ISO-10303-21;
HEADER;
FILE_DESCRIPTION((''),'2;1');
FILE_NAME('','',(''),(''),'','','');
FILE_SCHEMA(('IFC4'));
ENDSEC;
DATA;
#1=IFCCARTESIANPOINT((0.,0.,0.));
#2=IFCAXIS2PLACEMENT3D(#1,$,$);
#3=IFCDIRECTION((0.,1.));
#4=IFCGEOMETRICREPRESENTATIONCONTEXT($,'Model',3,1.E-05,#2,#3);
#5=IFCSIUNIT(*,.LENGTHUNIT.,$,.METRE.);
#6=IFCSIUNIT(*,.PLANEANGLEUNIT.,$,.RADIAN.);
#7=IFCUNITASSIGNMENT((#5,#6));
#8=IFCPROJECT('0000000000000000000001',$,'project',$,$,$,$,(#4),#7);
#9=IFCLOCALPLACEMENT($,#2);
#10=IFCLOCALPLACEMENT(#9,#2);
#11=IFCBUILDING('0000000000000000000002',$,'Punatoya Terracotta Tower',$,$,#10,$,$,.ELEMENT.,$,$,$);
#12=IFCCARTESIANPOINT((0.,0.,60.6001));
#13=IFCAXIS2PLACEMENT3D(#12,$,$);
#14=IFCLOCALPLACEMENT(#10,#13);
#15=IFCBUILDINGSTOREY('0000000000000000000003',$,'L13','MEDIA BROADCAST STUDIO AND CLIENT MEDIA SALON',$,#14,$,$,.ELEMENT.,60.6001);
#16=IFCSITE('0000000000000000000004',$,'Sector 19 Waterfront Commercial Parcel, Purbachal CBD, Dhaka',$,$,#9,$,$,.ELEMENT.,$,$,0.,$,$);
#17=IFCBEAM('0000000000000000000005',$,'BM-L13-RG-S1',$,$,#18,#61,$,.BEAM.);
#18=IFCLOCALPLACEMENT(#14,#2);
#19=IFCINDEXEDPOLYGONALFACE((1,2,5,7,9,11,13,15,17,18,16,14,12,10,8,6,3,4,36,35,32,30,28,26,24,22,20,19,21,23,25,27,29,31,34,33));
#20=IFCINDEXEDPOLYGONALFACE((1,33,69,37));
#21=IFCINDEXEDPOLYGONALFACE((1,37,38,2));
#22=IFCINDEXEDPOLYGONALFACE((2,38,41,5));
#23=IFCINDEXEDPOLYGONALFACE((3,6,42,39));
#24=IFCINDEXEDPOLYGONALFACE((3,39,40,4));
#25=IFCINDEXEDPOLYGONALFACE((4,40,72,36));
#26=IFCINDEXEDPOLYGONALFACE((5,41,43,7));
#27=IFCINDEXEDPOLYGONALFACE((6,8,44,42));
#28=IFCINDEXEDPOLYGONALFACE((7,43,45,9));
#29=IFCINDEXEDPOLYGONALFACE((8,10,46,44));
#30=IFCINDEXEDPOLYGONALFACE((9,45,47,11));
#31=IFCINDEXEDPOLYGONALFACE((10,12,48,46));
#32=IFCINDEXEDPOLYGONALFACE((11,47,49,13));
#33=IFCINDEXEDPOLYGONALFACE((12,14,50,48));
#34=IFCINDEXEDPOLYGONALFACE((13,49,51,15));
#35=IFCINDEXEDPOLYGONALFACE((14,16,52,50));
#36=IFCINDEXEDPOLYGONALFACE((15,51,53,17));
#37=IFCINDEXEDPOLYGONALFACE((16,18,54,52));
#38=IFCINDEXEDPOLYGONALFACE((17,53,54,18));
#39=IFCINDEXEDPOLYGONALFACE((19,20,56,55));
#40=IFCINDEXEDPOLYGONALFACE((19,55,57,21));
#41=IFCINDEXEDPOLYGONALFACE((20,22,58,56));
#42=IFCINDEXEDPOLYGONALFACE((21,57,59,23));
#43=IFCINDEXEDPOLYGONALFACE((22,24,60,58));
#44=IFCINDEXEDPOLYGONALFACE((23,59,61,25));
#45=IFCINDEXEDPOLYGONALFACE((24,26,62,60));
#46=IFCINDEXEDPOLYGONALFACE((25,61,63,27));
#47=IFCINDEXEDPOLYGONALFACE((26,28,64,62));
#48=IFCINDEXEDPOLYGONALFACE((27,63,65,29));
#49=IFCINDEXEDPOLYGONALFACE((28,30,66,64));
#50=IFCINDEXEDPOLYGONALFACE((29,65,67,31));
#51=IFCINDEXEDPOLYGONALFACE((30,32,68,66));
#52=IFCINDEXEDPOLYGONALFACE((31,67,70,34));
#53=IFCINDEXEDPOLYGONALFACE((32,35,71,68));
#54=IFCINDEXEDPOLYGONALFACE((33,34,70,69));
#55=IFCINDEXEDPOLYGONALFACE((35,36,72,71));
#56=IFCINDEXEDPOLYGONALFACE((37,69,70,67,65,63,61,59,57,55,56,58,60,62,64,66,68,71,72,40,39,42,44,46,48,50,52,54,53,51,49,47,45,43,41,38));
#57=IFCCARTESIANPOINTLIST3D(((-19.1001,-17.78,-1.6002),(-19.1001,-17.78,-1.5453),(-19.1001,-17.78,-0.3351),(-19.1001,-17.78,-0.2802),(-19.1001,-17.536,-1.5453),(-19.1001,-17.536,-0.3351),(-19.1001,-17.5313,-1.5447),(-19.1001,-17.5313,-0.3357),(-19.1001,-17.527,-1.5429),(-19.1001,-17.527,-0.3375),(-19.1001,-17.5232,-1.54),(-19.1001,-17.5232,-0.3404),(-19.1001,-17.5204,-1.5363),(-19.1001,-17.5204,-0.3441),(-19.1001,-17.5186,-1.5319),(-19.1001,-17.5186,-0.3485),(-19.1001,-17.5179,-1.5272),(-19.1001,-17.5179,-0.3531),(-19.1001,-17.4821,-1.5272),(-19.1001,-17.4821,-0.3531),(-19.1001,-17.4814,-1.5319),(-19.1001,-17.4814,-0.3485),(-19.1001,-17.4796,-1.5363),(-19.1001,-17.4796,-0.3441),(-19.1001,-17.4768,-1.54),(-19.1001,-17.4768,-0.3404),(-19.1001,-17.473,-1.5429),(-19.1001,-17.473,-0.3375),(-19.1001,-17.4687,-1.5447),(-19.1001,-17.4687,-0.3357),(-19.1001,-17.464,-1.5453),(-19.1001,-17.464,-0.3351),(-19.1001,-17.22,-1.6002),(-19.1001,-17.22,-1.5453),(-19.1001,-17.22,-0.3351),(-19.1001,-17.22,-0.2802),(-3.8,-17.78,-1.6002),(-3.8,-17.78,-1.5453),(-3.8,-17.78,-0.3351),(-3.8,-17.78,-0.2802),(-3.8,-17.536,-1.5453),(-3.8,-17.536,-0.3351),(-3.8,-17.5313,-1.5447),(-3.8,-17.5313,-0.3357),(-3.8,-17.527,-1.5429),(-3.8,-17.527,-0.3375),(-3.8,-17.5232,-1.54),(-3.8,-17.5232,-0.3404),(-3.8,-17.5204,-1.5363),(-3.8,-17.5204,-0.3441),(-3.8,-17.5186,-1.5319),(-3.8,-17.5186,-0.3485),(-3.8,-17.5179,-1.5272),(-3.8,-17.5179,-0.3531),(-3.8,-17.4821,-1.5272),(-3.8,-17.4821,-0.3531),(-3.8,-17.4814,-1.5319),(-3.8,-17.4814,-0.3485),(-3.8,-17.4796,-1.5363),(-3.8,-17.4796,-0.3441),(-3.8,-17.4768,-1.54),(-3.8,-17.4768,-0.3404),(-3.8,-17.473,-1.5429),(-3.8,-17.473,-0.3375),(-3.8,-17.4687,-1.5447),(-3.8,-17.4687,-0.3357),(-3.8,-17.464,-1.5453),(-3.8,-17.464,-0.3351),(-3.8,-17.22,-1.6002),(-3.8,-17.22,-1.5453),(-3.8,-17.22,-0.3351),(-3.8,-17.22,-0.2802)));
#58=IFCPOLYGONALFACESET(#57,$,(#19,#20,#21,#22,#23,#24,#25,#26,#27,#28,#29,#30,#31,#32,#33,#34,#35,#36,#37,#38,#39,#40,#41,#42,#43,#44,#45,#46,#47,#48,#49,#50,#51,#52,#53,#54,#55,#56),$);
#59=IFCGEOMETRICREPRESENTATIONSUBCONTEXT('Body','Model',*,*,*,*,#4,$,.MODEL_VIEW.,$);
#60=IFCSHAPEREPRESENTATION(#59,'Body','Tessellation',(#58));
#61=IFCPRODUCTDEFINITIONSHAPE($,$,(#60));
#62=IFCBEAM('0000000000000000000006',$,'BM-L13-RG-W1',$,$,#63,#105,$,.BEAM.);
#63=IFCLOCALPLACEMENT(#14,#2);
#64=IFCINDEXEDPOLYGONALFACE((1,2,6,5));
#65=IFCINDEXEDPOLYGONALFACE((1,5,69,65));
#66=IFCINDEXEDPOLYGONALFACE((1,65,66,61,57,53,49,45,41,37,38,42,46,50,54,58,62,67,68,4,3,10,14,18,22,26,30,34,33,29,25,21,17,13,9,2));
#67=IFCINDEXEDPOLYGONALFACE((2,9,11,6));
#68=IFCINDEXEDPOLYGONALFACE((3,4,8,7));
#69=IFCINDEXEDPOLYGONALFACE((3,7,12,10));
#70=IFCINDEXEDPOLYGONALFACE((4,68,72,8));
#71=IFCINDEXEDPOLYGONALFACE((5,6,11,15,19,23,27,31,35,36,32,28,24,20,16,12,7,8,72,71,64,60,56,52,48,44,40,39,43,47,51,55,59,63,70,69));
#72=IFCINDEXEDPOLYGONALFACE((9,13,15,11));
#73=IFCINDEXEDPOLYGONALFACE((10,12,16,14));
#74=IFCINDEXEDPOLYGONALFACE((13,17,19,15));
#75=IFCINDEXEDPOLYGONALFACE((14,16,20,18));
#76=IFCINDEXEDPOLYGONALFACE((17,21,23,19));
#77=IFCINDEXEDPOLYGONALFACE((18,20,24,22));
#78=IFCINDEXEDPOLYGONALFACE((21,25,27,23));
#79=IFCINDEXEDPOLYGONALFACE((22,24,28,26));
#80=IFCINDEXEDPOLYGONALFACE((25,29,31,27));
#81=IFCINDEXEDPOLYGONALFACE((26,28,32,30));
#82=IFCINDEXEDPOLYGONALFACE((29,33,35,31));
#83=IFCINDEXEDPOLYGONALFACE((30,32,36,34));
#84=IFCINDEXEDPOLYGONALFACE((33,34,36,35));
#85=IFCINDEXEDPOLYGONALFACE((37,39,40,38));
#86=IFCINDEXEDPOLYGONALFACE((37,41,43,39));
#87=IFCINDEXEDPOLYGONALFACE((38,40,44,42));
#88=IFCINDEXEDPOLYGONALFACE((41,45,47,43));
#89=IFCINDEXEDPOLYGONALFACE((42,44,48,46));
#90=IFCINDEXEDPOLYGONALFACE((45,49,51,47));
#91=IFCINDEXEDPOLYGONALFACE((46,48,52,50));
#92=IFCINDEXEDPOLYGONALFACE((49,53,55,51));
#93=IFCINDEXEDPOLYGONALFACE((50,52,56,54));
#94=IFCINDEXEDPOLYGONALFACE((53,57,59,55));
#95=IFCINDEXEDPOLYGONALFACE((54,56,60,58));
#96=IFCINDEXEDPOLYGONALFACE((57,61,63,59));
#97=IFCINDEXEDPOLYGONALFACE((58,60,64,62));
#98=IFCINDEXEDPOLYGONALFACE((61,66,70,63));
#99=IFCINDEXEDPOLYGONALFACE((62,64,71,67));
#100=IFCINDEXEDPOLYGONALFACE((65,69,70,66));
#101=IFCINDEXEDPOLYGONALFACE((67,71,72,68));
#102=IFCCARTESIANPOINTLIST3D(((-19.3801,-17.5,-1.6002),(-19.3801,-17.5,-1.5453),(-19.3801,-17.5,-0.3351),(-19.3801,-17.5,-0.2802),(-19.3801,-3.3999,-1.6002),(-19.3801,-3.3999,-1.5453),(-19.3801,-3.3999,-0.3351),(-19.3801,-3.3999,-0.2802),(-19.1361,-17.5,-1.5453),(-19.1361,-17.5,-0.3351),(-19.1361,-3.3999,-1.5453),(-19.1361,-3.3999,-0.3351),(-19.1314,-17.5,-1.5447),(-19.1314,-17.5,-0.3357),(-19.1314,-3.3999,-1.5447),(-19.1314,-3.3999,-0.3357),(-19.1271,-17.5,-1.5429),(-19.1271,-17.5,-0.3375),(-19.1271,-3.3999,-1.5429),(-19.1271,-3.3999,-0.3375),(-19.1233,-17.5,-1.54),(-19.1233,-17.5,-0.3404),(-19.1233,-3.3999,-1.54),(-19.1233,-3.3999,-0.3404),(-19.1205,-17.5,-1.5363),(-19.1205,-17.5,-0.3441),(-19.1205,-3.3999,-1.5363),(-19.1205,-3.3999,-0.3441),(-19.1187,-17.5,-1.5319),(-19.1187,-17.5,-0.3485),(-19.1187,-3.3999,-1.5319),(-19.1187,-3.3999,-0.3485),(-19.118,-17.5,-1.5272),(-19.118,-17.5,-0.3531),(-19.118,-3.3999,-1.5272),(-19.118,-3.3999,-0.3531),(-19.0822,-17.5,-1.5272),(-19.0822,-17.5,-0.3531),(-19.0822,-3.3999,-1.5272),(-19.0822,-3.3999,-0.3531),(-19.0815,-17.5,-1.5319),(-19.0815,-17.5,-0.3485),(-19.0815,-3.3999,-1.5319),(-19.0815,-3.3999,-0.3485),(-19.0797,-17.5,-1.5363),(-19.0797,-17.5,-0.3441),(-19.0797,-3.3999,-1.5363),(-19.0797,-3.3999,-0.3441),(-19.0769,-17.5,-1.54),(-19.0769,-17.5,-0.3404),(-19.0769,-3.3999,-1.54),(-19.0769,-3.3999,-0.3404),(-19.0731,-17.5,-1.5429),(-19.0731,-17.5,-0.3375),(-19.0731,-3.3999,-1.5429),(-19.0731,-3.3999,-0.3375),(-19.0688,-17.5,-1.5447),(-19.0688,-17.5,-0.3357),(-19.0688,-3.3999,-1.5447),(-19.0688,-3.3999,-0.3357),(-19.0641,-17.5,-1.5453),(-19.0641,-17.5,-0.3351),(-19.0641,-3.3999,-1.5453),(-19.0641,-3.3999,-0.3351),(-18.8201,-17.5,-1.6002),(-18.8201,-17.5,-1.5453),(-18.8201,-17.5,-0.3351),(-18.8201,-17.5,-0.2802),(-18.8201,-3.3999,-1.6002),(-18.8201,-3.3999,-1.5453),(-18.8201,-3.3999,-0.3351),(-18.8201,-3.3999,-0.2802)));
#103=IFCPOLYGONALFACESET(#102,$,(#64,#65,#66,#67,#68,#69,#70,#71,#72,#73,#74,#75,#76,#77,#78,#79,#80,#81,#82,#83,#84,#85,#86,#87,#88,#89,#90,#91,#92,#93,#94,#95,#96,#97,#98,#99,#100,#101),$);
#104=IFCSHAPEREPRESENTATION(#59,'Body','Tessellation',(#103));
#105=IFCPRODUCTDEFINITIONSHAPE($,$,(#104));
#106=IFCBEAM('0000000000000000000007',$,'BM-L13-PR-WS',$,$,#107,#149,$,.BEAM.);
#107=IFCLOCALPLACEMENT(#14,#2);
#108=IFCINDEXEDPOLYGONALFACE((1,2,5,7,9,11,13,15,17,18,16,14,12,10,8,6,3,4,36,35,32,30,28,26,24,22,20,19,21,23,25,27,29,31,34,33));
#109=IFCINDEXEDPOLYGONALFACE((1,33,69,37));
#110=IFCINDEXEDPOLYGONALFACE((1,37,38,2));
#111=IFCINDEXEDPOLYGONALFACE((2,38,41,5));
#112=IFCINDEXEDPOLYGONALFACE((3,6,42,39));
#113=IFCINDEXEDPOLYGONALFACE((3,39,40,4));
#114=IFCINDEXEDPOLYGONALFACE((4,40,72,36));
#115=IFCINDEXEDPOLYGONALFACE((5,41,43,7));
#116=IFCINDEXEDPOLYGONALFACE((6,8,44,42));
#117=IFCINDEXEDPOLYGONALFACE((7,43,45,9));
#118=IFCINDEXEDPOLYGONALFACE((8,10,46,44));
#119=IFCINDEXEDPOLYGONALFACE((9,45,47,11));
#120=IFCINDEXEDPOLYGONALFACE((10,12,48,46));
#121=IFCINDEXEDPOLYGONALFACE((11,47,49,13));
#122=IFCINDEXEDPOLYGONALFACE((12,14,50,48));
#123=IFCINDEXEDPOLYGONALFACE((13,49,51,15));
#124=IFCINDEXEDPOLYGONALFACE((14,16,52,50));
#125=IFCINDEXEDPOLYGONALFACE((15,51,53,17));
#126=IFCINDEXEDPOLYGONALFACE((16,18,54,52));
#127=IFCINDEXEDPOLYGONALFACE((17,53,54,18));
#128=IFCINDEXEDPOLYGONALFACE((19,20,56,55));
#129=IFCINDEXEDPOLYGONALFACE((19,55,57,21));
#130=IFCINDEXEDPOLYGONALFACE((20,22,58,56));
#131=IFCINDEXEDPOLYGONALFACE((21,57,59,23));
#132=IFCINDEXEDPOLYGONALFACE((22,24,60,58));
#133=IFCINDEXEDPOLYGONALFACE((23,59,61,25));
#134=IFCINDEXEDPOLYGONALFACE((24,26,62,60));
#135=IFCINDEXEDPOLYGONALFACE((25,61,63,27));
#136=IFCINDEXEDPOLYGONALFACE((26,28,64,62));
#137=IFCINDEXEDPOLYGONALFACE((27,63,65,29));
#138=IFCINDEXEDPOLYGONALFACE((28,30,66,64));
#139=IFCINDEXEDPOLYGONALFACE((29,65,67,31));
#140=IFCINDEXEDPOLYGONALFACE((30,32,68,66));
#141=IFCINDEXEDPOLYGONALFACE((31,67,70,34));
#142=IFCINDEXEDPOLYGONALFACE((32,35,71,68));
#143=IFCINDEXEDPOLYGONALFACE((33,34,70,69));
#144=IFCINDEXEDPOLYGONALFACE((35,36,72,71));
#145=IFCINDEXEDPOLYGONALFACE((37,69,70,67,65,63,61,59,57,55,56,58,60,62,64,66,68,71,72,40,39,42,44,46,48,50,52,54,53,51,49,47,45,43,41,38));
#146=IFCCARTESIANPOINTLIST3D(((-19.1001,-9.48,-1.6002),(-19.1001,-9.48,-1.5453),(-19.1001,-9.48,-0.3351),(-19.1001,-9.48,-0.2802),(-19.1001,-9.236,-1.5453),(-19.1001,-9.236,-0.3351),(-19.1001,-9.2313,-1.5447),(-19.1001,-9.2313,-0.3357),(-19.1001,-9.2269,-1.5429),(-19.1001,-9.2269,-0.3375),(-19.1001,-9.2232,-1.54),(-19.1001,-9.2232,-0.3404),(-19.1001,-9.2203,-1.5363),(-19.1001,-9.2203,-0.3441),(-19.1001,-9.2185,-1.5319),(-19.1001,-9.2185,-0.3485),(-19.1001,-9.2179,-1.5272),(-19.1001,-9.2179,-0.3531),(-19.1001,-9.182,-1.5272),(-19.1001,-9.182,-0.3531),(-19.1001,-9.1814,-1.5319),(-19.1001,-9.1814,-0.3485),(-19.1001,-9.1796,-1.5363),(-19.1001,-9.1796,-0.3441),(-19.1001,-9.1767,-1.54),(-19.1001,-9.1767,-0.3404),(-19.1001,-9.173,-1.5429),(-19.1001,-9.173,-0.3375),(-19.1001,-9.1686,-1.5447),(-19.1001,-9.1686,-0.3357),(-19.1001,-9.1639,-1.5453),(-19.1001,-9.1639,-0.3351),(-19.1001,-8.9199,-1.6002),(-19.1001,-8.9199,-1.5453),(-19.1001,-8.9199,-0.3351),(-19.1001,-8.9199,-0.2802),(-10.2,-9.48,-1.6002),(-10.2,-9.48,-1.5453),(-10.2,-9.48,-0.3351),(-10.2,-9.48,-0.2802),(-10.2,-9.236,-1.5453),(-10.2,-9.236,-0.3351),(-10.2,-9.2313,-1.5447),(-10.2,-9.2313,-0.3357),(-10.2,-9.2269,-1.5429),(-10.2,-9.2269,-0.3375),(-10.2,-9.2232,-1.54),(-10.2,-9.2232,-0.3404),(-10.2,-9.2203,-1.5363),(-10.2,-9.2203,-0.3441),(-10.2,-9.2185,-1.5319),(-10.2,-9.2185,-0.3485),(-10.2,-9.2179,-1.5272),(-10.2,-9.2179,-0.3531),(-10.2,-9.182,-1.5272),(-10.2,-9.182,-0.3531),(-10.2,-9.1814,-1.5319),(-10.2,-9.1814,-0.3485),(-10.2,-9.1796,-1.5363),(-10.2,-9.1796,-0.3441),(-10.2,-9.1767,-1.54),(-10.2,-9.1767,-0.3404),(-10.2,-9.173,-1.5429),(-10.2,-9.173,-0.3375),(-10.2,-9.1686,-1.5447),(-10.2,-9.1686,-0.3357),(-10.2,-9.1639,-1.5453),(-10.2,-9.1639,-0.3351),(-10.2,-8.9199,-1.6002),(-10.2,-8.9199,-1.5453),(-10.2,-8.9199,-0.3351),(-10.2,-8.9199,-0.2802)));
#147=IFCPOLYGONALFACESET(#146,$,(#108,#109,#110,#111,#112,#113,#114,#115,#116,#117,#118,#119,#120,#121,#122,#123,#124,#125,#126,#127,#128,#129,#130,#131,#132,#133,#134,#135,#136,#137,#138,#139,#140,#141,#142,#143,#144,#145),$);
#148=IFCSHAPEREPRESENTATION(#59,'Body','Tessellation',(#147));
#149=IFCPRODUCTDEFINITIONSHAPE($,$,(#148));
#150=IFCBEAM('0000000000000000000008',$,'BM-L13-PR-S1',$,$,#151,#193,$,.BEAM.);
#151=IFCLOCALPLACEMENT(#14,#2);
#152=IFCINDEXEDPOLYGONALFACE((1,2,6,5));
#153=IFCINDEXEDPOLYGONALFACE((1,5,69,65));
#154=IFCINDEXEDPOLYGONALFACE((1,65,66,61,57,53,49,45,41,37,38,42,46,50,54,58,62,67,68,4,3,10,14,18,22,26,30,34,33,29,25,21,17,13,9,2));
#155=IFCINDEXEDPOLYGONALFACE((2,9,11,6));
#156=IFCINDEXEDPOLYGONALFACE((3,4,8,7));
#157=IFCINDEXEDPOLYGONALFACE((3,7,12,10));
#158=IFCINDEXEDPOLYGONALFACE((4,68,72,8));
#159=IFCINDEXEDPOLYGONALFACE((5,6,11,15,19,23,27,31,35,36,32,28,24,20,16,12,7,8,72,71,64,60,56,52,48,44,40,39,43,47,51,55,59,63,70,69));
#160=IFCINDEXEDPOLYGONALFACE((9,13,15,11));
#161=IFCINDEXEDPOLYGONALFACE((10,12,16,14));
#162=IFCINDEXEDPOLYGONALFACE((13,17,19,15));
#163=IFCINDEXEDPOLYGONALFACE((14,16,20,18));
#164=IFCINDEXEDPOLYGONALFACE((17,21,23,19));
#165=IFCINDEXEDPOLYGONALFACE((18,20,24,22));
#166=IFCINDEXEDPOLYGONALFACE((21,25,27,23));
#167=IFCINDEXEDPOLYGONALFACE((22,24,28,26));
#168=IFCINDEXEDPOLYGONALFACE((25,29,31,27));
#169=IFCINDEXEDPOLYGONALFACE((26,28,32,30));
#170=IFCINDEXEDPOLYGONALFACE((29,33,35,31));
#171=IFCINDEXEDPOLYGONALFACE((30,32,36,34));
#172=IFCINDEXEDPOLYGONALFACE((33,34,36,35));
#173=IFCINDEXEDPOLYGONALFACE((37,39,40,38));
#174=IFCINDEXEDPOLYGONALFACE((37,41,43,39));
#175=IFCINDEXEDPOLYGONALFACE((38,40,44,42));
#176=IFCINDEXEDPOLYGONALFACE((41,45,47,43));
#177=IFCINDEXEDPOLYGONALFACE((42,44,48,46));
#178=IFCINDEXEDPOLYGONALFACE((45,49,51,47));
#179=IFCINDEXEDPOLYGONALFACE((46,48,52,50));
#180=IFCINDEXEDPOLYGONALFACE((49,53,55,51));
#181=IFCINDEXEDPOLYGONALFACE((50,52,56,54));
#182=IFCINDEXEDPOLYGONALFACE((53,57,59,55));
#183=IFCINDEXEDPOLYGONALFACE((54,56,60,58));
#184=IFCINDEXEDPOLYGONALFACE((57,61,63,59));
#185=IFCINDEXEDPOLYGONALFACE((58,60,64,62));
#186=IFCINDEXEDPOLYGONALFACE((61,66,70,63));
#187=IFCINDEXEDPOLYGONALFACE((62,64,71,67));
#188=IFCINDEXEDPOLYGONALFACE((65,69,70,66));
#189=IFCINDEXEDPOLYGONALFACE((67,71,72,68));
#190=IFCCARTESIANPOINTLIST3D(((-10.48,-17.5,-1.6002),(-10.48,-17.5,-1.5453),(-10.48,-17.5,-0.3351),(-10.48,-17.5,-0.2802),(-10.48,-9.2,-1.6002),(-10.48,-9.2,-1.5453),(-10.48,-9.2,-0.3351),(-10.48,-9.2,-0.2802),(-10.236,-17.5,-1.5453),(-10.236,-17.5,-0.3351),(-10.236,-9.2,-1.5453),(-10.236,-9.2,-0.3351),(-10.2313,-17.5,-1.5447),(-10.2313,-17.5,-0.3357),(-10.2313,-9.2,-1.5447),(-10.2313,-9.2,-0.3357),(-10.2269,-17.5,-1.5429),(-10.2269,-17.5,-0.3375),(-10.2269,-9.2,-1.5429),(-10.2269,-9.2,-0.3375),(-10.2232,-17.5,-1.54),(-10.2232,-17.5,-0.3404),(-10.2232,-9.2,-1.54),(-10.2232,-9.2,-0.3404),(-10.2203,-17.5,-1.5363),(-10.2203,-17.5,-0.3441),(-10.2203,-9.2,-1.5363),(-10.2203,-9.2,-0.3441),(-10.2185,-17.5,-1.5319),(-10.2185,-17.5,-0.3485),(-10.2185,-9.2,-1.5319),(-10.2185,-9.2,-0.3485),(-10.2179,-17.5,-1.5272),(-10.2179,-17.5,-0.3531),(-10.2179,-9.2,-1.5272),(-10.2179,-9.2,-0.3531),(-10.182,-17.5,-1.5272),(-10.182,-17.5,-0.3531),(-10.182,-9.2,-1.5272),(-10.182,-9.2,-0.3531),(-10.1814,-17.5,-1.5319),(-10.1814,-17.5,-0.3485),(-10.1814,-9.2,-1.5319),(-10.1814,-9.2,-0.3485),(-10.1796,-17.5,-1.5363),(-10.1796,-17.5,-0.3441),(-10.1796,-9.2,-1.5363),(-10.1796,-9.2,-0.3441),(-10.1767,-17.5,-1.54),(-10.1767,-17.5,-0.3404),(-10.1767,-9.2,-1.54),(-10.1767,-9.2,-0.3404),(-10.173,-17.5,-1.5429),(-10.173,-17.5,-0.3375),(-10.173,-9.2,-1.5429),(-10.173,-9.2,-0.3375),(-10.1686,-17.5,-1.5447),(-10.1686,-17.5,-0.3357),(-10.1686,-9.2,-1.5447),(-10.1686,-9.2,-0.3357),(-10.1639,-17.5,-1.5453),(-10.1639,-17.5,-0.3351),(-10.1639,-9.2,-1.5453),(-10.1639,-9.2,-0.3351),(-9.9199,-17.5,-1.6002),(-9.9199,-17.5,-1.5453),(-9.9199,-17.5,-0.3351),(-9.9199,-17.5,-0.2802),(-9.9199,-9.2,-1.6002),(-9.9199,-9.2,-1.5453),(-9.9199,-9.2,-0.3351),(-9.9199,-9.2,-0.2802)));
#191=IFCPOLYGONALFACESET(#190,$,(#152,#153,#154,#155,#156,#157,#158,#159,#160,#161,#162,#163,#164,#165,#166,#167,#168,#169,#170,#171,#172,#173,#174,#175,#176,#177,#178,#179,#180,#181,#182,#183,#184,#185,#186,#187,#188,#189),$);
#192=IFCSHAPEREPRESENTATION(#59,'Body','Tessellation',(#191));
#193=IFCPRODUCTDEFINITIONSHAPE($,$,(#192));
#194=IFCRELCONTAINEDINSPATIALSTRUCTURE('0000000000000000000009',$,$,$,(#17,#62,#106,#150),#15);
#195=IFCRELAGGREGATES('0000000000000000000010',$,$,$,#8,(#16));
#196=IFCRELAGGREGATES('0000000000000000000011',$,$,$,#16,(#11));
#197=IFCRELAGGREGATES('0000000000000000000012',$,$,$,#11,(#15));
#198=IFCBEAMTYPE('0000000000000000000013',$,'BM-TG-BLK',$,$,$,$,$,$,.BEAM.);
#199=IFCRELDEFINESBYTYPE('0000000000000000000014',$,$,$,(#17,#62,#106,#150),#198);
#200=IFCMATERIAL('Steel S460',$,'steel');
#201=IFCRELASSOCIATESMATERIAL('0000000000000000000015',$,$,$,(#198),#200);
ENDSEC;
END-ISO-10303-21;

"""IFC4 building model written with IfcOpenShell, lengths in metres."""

from ifc_helpers import new_model, si_unit, direction, frame, origin, origin_2d, place, context, subcontext, project, spatial, i_section, extrude, material, material_profile, profile_set, type_object, element, save


model = new_model("IFC4")

# Units and contexts
model_context = context("Model", 3, precision=1e-05, world=origin(), true_north=direction((0.0, 1.0)))
body_context = subcontext(model_context, "Body", "Model", "MODEL_VIEW")
ifc_project = project(units=[si_unit("LENGTHUNIT", "METRE"), si_unit("PLANEANGLEUNIT", "RADIAN")], contexts=[model_context])

# Site, building, storey
site_placement = place(None, origin())
site = spatial("IfcSite", under=ifc_project, at=site_placement, Name="Sector 19 Waterfront Commercial Parcel, Purbachal CBD, Dhaka", CompositionType="ELEMENT", RefElevation=0.0)
building_placement = place(site_placement, origin())
building = spatial("IfcBuilding", under=site, at=building_placement, Name="Punatoya Terracotta Tower", CompositionType="ELEMENT")
storey_placement = place(building_placement, frame((0.0, 0.0, 60.6001)))
storey = spatial("IfcBuildingStorey", under=building, at=storey_placement, Name="L13", Description="MEDIA BROADCAST STUDIO AND CLIENT MEDIA SALON", CompositionType="ELEMENT", Elevation=60.6001)

# Beams
ifc_material_1 = material(Name="Steel S460", Category="steel")
ifc_material_profile_1 = material_profile(ifc_material_1, i_section(OverallWidth=0.5601, OverallDepth=1.3201, WebThickness=0.0359, FlangeThickness=0.0549, FilletRadius=0.0181, at=origin_2d()))
ifc_profile_set_1 = profile_set([ifc_material_profile_1], Name="Steel S460")
beam_type_1 = type_object("IfcBeamType", Name="BM-TG-BLK", PredefinedType="BEAM", material=ifc_profile_set_1)
beam_1_placement = place(storey_placement, frame((-19.1001, -17.5, -0.9402), z_axis=(1.0, 0.0, 0.0), x_axis=(0.0, 1.0, 0.0)))
element("IfcBeam", 1, at=beam_1_placement, inside=storey, type_object=beam_type_1, Name="BM-L13-RG-S1", PredefinedType="BEAM", context=body_context, shape_type="SweptSolid", body=[
    extrude(i_section(OverallWidth=0.5601, OverallDepth=1.3201, WebThickness=0.0359, FlangeThickness=0.0549, FilletRadius=0.0181, at=origin_2d()), origin(), (0.0, 0.0, 1.0), 15.3),
])
beam_2_placement = place(storey_placement, frame((-19.1001, -17.5, -0.9402), z_axis=(0.0, 1.0, 0.0), x_axis=(-1.0, 0.0, 0.0)))
element("IfcBeam", 2, at=beam_2_placement, inside=storey, type_object=beam_type_1, Name="BM-L13-RG-W1", PredefinedType="BEAM", context=body_context, shape_type="SweptSolid", body=[
    extrude(i_section(OverallWidth=0.5601, OverallDepth=1.3201, WebThickness=0.0359, FlangeThickness=0.0549, FilletRadius=0.0181, at=origin_2d()), origin(), (0.0, 0.0, 1.0), 14.1001),
])
beam_3_placement = place(storey_placement, frame((-19.1001, -9.2, -0.9402), z_axis=(1.0, 0.0, 0.0), x_axis=(0.0, 1.0, 0.0)))
element("IfcBeam", 3, at=beam_3_placement, inside=storey, type_object=beam_type_1, Name="BM-L13-PR-WS", PredefinedType="BEAM", context=body_context, shape_type="SweptSolid", body=[
    extrude(i_section(OverallWidth=0.5601, OverallDepth=1.3201, WebThickness=0.0359, FlangeThickness=0.0549, FilletRadius=0.0181, at=origin_2d()), origin(), (0.0, 0.0, 1.0), 8.9001),
])
beam_4_placement = place(storey_placement, frame((-10.2, -17.5, -0.9402), z_axis=(0.0, 1.0, 0.0), x_axis=(-1.0, 0.0, 0.0)))
element("IfcBeam", 4, at=beam_4_placement, inside=storey, type_object=beam_type_1, Name="BM-L13-PR-S1", PredefinedType="BEAM", context=body_context, shape_type="SweptSolid", body=[
    extrude(i_section(OverallWidth=0.5601, OverallDepth=1.3201, WebThickness=0.0359, FlangeThickness=0.0549, FilletRadius=0.0181, at=origin_2d()), origin(), (0.0, 0.0, 1.0), 8.3),
])

save(model, "model.ifc")
